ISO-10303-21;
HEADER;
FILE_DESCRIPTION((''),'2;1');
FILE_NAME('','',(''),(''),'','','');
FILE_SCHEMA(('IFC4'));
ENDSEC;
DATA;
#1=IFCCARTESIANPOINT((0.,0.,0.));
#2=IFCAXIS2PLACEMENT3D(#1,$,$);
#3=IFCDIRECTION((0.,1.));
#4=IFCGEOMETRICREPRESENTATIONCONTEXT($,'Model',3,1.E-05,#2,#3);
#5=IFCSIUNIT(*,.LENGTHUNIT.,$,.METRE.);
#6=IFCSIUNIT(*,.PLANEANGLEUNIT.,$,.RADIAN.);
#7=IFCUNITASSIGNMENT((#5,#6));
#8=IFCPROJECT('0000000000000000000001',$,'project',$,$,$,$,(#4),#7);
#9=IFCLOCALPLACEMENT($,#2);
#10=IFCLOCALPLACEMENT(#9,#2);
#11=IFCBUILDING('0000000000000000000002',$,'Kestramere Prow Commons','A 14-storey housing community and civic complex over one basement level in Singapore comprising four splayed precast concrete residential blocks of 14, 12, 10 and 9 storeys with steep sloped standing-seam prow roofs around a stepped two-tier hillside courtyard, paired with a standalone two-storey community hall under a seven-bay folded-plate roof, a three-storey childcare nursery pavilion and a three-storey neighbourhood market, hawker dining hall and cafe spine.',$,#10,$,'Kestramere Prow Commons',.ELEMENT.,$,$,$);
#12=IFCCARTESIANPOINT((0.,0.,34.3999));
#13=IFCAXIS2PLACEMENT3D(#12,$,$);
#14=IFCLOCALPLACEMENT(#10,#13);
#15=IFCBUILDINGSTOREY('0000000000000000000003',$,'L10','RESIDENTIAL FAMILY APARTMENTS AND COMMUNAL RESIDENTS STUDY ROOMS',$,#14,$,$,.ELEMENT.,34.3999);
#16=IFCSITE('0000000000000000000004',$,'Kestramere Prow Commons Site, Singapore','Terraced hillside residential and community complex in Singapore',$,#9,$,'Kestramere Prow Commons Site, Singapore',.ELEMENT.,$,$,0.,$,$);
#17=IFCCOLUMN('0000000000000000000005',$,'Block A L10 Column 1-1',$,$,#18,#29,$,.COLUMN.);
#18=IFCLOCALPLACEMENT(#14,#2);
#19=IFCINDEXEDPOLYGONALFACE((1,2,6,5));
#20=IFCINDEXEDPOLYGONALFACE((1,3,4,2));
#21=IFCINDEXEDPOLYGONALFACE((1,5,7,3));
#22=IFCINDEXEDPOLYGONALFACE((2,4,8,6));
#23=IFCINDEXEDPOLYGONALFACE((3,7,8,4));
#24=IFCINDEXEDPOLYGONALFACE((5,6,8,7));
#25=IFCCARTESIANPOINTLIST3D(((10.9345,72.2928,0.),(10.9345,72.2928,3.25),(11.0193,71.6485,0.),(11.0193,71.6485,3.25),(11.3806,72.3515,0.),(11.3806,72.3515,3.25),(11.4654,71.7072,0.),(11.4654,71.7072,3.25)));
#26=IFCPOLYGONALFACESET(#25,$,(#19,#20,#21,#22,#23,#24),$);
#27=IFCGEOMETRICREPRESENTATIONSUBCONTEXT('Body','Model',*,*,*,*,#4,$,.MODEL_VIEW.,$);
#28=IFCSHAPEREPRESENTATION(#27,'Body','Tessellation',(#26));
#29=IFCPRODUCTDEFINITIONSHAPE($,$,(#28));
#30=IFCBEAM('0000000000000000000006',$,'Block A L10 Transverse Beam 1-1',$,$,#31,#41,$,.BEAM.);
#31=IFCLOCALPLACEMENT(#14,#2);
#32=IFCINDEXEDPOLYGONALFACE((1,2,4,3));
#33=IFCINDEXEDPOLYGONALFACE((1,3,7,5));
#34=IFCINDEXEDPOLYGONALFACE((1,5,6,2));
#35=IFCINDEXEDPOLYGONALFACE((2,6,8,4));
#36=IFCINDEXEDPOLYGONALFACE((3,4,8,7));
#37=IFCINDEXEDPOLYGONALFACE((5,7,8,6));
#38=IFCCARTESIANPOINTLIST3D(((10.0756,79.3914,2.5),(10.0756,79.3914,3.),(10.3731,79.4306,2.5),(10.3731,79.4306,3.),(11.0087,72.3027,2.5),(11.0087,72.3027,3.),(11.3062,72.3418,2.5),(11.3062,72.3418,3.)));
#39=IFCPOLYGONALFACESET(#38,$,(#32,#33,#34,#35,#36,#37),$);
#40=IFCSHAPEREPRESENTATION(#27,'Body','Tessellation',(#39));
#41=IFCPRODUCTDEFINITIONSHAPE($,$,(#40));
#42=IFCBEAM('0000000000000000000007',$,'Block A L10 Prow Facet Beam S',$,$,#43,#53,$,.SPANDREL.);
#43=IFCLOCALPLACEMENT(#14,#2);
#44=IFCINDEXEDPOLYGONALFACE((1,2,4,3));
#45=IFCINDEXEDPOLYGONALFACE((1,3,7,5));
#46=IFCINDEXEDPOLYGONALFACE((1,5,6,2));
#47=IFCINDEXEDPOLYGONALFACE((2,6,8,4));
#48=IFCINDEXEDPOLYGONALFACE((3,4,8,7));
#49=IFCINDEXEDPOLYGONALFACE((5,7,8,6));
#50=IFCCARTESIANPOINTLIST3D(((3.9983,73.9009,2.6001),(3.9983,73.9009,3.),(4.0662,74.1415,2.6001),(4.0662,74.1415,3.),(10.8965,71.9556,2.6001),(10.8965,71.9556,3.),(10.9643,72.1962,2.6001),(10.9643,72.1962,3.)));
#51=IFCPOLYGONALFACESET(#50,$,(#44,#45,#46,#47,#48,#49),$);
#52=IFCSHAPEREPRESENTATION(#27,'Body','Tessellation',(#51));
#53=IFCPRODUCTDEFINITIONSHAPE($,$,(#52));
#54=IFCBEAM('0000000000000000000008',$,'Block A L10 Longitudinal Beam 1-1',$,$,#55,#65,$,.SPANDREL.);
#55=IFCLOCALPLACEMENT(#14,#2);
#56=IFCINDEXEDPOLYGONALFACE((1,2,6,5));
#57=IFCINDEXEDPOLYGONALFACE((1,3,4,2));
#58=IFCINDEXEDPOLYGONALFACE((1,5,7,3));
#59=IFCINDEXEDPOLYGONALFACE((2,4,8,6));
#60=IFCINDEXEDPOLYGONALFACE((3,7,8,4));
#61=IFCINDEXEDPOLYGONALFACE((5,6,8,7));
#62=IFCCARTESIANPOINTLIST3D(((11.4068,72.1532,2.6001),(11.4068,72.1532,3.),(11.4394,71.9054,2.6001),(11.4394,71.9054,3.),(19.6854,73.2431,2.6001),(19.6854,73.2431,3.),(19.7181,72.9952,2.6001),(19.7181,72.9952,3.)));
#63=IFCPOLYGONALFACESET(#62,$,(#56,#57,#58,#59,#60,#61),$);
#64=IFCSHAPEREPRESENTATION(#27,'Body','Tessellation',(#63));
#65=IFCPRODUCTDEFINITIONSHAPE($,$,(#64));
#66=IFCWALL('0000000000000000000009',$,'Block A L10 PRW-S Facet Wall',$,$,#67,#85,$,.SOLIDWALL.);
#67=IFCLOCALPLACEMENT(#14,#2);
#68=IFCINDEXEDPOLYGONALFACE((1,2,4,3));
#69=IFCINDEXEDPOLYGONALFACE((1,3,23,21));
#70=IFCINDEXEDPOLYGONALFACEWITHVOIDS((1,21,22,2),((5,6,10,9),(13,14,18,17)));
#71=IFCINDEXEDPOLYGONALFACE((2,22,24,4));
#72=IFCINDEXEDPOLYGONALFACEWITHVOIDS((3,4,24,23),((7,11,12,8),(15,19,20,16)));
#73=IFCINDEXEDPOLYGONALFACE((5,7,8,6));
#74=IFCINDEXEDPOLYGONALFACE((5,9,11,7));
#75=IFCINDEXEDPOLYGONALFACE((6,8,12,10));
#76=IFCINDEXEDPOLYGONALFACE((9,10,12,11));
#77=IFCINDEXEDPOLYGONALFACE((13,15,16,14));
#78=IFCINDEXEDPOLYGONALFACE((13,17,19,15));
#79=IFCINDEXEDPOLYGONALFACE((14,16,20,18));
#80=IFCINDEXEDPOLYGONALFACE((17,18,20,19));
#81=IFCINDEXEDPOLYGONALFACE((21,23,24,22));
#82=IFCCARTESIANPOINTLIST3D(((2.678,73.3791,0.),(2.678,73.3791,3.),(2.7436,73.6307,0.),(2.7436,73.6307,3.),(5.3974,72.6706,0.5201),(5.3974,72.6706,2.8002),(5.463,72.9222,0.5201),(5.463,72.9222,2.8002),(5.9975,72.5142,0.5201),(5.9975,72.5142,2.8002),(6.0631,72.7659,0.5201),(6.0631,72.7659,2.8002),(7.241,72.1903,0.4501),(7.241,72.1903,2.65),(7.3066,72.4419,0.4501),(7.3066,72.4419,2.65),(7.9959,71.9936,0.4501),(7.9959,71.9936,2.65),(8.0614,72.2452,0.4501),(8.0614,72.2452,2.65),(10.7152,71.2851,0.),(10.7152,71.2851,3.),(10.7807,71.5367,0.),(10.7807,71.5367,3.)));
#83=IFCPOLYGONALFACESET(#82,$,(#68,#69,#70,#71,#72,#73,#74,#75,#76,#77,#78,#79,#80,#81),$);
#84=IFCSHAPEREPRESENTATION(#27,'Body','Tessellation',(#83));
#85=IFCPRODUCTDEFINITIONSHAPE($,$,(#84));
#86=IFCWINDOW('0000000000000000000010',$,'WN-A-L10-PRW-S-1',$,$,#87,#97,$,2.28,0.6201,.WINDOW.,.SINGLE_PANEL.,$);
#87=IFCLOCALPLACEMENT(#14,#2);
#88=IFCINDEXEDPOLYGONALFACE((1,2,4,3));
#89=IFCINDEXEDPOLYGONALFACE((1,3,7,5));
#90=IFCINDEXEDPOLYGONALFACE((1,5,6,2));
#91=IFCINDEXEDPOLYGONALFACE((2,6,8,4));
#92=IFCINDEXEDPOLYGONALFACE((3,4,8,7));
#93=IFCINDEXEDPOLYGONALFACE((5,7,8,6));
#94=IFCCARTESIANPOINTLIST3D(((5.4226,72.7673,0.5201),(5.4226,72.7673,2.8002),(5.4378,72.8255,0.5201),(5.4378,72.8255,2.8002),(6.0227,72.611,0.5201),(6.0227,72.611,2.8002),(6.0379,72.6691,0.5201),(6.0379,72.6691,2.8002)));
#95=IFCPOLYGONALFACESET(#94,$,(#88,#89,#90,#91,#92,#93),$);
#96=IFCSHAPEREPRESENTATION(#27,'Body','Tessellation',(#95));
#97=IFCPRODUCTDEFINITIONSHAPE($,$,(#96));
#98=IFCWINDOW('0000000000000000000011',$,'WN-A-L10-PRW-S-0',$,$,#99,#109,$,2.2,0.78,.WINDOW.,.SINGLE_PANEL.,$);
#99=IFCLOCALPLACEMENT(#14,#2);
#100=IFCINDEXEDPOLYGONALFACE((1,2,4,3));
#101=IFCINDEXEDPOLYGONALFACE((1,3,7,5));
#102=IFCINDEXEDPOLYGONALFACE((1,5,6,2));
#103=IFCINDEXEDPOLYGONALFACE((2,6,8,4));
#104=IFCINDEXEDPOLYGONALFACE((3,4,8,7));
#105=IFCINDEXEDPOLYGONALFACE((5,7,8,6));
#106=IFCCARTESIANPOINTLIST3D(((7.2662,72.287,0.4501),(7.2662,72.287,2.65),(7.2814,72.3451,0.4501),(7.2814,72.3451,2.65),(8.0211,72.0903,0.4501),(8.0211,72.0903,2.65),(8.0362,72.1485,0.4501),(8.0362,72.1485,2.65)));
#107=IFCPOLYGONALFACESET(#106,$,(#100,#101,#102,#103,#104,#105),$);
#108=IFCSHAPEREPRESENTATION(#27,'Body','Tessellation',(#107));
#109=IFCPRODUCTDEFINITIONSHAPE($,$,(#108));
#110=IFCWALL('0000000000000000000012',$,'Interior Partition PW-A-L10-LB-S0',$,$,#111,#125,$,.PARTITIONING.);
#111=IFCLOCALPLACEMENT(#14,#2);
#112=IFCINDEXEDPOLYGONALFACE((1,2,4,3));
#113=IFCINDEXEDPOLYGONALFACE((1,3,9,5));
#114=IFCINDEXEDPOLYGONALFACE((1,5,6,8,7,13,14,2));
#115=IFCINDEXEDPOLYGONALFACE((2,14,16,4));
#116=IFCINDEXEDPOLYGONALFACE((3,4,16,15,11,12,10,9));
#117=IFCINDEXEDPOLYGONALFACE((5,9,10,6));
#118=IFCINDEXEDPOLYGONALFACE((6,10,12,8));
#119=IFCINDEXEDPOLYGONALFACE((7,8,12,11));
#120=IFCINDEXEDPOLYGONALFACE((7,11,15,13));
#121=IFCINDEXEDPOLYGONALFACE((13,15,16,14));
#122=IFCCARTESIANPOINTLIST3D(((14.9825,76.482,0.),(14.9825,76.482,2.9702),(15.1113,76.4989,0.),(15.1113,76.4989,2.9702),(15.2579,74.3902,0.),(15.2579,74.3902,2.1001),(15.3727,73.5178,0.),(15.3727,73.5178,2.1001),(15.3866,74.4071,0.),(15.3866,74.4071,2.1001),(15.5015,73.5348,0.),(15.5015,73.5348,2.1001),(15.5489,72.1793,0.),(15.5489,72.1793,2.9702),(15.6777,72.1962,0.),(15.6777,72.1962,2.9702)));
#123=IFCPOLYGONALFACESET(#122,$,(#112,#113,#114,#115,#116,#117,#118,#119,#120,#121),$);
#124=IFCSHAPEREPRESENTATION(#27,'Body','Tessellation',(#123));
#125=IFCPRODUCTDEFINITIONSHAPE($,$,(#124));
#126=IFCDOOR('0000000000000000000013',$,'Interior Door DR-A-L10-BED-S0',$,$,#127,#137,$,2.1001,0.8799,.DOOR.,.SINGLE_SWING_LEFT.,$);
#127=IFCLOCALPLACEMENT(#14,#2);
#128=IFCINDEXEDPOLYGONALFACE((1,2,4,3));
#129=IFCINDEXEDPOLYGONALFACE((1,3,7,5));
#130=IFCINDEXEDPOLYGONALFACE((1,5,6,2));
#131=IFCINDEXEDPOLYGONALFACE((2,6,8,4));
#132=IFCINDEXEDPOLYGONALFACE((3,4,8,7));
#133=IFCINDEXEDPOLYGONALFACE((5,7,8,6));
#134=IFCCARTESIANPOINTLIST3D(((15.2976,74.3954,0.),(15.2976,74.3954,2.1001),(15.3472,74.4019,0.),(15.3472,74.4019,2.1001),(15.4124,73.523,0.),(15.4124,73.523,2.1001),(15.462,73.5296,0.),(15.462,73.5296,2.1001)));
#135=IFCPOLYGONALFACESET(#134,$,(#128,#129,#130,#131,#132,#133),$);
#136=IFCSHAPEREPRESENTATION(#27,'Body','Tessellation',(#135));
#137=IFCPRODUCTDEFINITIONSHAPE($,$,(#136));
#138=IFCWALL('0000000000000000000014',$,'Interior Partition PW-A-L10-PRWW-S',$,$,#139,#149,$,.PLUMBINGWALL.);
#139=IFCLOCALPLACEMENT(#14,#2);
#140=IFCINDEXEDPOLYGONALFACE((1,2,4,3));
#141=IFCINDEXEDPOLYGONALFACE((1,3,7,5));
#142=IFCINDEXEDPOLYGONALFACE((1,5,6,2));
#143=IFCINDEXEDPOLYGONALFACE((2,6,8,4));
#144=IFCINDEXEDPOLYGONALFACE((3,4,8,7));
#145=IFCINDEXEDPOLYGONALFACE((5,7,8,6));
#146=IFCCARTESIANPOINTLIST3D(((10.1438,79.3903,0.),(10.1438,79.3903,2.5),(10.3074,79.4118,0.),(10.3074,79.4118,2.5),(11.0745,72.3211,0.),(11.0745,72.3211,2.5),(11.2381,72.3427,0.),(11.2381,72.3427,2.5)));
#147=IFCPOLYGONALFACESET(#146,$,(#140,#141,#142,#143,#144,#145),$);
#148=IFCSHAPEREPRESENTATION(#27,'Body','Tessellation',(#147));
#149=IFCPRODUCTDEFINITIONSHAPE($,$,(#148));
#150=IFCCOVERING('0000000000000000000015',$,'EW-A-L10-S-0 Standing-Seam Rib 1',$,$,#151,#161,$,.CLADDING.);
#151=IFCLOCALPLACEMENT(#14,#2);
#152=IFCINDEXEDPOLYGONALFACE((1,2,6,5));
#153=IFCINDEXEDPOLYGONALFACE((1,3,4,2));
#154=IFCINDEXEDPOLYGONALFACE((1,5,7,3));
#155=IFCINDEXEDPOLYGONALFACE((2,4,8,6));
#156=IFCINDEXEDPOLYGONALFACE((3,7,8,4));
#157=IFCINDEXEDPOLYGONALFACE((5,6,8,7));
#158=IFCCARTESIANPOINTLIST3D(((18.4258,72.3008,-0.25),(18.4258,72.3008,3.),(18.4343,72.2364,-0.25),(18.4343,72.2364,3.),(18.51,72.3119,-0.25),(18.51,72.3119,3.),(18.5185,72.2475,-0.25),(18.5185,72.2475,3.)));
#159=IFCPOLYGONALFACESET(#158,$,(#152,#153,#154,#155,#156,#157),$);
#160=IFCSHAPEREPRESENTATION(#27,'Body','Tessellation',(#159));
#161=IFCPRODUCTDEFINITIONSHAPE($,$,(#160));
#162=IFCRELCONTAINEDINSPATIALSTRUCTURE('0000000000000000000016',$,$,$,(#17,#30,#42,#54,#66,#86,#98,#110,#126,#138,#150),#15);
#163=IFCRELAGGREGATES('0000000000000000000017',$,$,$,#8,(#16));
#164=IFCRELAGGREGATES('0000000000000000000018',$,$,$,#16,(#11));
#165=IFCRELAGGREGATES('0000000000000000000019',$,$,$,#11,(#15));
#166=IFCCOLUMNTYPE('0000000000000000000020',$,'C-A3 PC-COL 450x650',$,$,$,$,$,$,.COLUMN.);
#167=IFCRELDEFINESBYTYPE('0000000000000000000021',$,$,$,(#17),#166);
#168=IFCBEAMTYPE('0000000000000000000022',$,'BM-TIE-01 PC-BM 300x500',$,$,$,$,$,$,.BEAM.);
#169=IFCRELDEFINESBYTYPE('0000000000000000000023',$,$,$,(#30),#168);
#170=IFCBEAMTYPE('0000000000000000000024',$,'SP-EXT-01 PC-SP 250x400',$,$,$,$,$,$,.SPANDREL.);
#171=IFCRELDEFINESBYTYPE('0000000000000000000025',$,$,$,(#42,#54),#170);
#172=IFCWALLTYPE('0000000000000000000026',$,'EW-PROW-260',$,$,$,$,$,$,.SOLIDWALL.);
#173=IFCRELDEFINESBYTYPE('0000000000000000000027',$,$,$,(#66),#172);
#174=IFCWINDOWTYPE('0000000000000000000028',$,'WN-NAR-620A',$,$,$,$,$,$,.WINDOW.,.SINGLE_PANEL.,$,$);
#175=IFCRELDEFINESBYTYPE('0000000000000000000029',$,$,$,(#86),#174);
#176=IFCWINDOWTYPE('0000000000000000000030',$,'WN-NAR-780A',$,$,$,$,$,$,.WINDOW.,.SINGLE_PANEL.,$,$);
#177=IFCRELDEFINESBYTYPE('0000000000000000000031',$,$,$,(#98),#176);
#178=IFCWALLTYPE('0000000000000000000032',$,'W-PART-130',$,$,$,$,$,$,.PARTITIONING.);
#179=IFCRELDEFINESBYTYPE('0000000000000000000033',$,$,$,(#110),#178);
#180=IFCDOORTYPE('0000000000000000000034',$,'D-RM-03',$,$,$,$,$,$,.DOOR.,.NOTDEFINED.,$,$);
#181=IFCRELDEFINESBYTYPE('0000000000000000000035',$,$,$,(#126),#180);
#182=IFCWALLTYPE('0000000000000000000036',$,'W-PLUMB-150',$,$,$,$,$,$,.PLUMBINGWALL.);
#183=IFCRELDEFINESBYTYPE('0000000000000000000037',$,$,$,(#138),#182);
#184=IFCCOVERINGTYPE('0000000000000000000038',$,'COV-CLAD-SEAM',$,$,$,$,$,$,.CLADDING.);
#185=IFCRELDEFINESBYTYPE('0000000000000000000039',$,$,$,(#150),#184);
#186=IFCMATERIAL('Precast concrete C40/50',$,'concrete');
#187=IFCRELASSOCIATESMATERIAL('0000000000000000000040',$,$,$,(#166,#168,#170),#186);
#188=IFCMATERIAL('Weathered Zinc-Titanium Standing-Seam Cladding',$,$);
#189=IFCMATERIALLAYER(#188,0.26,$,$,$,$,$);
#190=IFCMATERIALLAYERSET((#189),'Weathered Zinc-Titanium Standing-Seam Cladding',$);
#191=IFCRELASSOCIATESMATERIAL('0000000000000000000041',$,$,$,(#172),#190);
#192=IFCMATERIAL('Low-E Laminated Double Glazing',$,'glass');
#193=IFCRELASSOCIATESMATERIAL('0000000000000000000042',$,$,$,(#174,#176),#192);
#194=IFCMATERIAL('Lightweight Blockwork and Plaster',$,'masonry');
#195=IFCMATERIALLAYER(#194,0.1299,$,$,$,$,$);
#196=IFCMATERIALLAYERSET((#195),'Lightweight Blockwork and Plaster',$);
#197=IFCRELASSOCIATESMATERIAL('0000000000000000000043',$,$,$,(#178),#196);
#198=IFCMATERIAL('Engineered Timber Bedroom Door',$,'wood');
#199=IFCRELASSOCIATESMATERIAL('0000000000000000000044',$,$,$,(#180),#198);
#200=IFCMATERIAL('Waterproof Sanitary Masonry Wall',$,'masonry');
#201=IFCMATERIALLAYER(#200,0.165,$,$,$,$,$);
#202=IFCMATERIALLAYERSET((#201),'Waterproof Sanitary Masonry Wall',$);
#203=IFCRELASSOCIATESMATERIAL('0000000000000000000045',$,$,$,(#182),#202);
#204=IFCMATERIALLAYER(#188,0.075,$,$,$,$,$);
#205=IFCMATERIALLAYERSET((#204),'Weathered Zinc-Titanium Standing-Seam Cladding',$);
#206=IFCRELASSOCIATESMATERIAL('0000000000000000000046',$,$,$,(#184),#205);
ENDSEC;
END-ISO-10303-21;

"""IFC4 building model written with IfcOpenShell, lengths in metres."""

from ifc_helpers import new_model, si_unit, direction, frame, frame_2d, origin, origin_2d, place, context, subcontext, project, spatial, rectangle, extrude, material, layer, layer_set, material_profile, profile_set, type_object, element, fill, save


model = new_model("IFC4")

# Units and contexts
model_context = context("Model", 3, precision=1e-05, world=origin(), true_north=direction((0.0, 1.0)))
body_context = subcontext(model_context, "Body", "Model", "MODEL_VIEW")
ifc_project = project(units=[si_unit("LENGTHUNIT", "METRE"), si_unit("PLANEANGLEUNIT", "RADIAN")], contexts=[model_context])

# Site, building, storey
site_placement = place(None, origin())
site = spatial("IfcSite", under=ifc_project, at=site_placement, Name="Kestramere Prow Commons Site, Singapore", Description="Terraced hillside residential and community complex in Singapore", LongName="Kestramere Prow Commons Site, Singapore", CompositionType="ELEMENT", RefElevation=0.0)
building_placement = place(site_placement, origin())
building = spatial("IfcBuilding", under=site, at=building_placement, Name="Kestramere Prow Commons", Description="A 14-storey housing community and civic complex over one basement level in Singapore comprising four splayed precast concrete residential blocks of 14, 12, 10 and 9 storeys with steep sloped standing-seam prow roofs around a stepped two-tier hillside courtyard, paired with a standalone two-storey community hall under a seven-bay folded-plate roof, a three-storey childcare nursery pavilion and a three-storey neighbourhood market, hawker dining hall and cafe spine.", LongName="Kestramere Prow Commons", CompositionType="ELEMENT")
storey_placement = place(building_placement, frame((0.0, 0.0, 34.3999)))
storey = spatial("IfcBuildingStorey", under=building, at=storey_placement, Name="L10", Description="RESIDENTIAL FAMILY APARTMENTS AND COMMUNAL RESIDENTS STUDY ROOMS", CompositionType="ELEMENT", Elevation=34.3999)

# Column
ifc_material_1 = material(Name="Precast concrete C40/50", Category="concrete")
ifc_material_profile_1 = material_profile(ifc_material_1, rectangle(XDim=0.45, YDim=0.6499, at=origin_2d()), Name="PC-COL 450x650")
ifc_profile_set_1 = profile_set([ifc_material_profile_1], Name="Precast concrete C40/50")
column_type = type_object("IfcColumnType", Name="C-A3 PC-COL 450x650", PredefinedType="COLUMN", material=ifc_profile_set_1)
column_placement = place(storey_placement, frame((11.2, 72.0, 0.0), z_axis=(0.0, 0.0, 1.0), x_axis=(0.991445, 0.130526, 0.0)))
element("IfcColumn", 1, at=column_placement, inside=storey, type_object=column_type, Name="Block A L10 Column 1-1", PredefinedType="COLUMN", context=body_context, shape_type="SweptSolid", body=[
    extrude(rectangle(XDim=0.45, YDim=0.6499, at=origin_2d()), origin(), (0.0, 0.0, 1.0), 3.25),
])

# Beams
ifc_material_profile_2 = material_profile(ifc_material_1, rectangle(XDim=0.3, YDim=0.5, at=origin_2d()), Name="PC-BM 300x500")
ifc_profile_set_2 = profile_set([ifc_material_profile_2], Name="Precast concrete C40/50")
beam_type_1 = type_object("IfcBeamType", Name="BM-TIE-01 PC-BM 300x500", PredefinedType="BEAM", material=ifc_profile_set_2)
beam_1_placement = place(storey_placement, frame((11.1575, 72.3223, 2.75), z_axis=(-0.130504, 0.991448, 0.0), x_axis=(-0.991448, -0.130504, 0.0)))
element("IfcBeam", 2, at=beam_1_placement, inside=storey, type_object=beam_type_1, Name="Block A L10 Transverse Beam 1-1", PredefinedType="BEAM", context=body_context, shape_type="SweptSolid", body=[
    extrude(rectangle(XDim=0.3, YDim=0.5, at=origin_2d()), origin(), (0.0, 0.0, 1.0), 7.1499),
])
ifc_material_profile_3 = material_profile(ifc_material_1, rectangle(XDim=0.25, YDim=0.3999, at=origin_2d()), Name="PC-SP 250x400")
ifc_profile_set_3 = profile_set([ifc_material_profile_3], Name="Precast concrete C40/50")
beam_type_2 = type_object("IfcBeamType", Name="SP-EXT-01 PC-SP 250x400", PredefinedType="SPANDREL", material=ifc_profile_set_3)
beam_2_placement = place(storey_placement, frame((10.9304, 72.0759, 2.8), z_axis=(-0.962462, 0.271417, 0.0), x_axis=(-0.271417, -0.962462, 0.0)))
element("IfcBeam", 3, at=beam_2_placement, inside=storey, type_object=beam_type_2, Name="Block A L10 Prow Facet Beam S", PredefinedType="SPANDREL", context=body_context, shape_type="SweptSolid", body=[
    extrude(rectangle(XDim=0.25, YDim=0.3999, at=origin_2d()), origin(), (0.0, 0.0, 1.0), 7.1672),
])
beam_3_placement = place(storey_placement, frame((11.4231, 72.0293, 2.8), z_axis=(0.991446, 0.13052, 0.0), x_axis=(-0.13052, 0.991446, 0.0)))
element("IfcBeam", 4, at=beam_3_placement, inside=storey, type_object=beam_type_2, Name="Block A L10 Longitudinal Beam 1-1", PredefinedType="SPANDREL", context=body_context, shape_type="SweptSolid", body=[
    extrude(rectangle(XDim=0.25, YDim=0.3999, at=origin_2d()), origin(), (0.0, 0.0, 1.0), 8.3501),
])

# Wall, openings, windows
ifc_material_2 = material(Name="Weathered Zinc-Titanium Standing-Seam Cladding")
ifc_layer_1 = layer(ifc_material_2, 0.26)
ifc_layer_set_1 = layer_set([ifc_layer_1], Name="Weathered Zinc-Titanium Standing-Seam Cladding")
wall_type_1 = type_object("IfcWallType", Name="EW-PROW-260", PredefinedType="SOLIDWALL", material=ifc_layer_set_1)
wall_1_placement = place(storey_placement, frame((10.748, 71.4109, 0.0), z_axis=(0.0, 0.0, 1.0), x_axis=(-0.967695, 0.252124, 0.0)))
wall_1 = element("IfcWall", 5, at=wall_1_placement, inside=storey, type_object=wall_type_1, Name="Block A L10 PRW-S Facet Wall", PredefinedType="SOLIDWALL", context=body_context, shape_type="SweptSolid", body=[
    extrude(rectangle(XDim=8.3054, YDim=0.26, at=frame_2d((4.1528, 0.0))), origin(), (0.0, 0.0, 1.0), 3.0),
])
opening_1_placement = place(wall_1_placement, frame((2.8101, 0.0, 0.45)))
opening_1 = element("IfcOpeningElement", 6, at=opening_1_placement, cuts=wall_1, PredefinedType="OPENING", context=body_context, shape_type="SweptSolid", body=[
    extrude(rectangle(XDim=0.78, YDim=2.2, at=frame_2d((0.3901, 1.1001))), frame((0.0, 0.145, 0.0), z_axis=(0.0, -1.0, 0.0), x_axis=(1.0, 0.0, 0.0)), (0.0, 0.0, 1.0), 0.29),
])
opening_2_placement = place(wall_1_placement, frame((4.8752, 0.0, 0.52)))
opening_2 = element("IfcOpeningElement", 7, at=opening_2_placement, cuts=wall_1, PredefinedType="OPENING", context=body_context, shape_type="SweptSolid", body=[
    extrude(rectangle(XDim=0.6201, YDim=2.28, at=frame_2d((0.3101, 1.1401))), frame((0.0, 0.145, 0.0), z_axis=(0.0, -1.0, 0.0), x_axis=(1.0, 0.0, 0.0)), (0.0, 0.0, 1.0), 0.29),
])
ifc_material_3 = material(Name="Low-E Laminated Double Glazing", Category="glass")
window_type_1 = type_object("IfcWindowType", Name="WN-NAR-620A", PartitioningType="SINGLE_PANEL", PredefinedType="WINDOW", material=ifc_material_3)
window_1_placement = place(opening_2_placement, origin())
window_1 = element("IfcWindow", 8, at=window_1_placement, inside=storey, type_object=window_type_1, Name="WN-A-L10-PRW-S-1", OverallHeight=2.28, OverallWidth=0.6201, PartitioningType="SINGLE_PANEL", PredefinedType="WINDOW", context=body_context, shape_type="SweptSolid", body=[
    extrude(rectangle(XDim=0.6201, YDim=2.28, at=frame_2d((0.3101, 1.1401))), frame((0.0, 0.03, 0.0), z_axis=(0.0, -1.0, 0.0), x_axis=(1.0, 0.0, 0.0)), (0.0, 0.0, 1.0), 0.0601),
])
fill(opening_2, window_1)
window_type_2 = type_object("IfcWindowType", Name="WN-NAR-780A", PartitioningType="SINGLE_PANEL", PredefinedType="WINDOW", material=ifc_material_3)
window_2_placement = place(opening_1_placement, origin())
window_2 = element("IfcWindow", 9, at=window_2_placement, inside=storey, type_object=window_type_2, Name="WN-A-L10-PRW-S-0", OverallHeight=2.2, OverallWidth=0.78, PartitioningType="SINGLE_PANEL", PredefinedType="WINDOW", context=body_context, shape_type="SweptSolid", body=[
    extrude(rectangle(XDim=0.78, YDim=2.2, at=frame_2d((0.3901, 1.1001))), frame((0.0, 0.03, 0.0), z_axis=(0.0, -1.0, 0.0), x_axis=(1.0, 0.0, 0.0)), (0.0, 0.0, 1.0), 0.0601),
])
fill(opening_1, window_2)

# Wall, opening, door
ifc_material_4 = material(Name="Lightweight Blockwork and Plaster", Category="masonry")
ifc_layer_2 = layer(ifc_material_4, 0.1299)
ifc_layer_set_2 = layer_set([ifc_layer_2], Name="Lightweight Blockwork and Plaster")
wall_type_2 = type_object("IfcWallType", Name="W-PART-130", PredefinedType="PARTITIONING", material=ifc_layer_set_2)
wall_2_placement = place(storey_placement, frame((15.6133, 72.1877, 0.0), z_axis=(0.0, 0.0, 1.0), x_axis=(-0.130513, 0.991447, 0.0)))
wall_2 = element("IfcWall", 10, at=wall_2_placement, inside=storey, type_object=wall_type_2, Name="Interior Partition PW-A-L10-LB-S0", PredefinedType="PARTITIONING", context=body_context, shape_type="SweptSolid", body=[
    extrude(rectangle(XDim=4.3398, YDim=0.1299, at=frame_2d((2.1699, 0.0))), origin(), (0.0, 0.0, 1.0), 2.9702),
])
opening_3_placement = place(wall_2_placement, frame((1.3501, 0.0, 0.0)))
opening_3 = element("IfcOpeningElement", 11, at=opening_3_placement, cuts=wall_2, PredefinedType="OPENING", context=body_context, shape_type="SweptSolid", body=[
    extrude(rectangle(XDim=0.8799, YDim=2.1001, at=frame_2d((0.4399, 1.05))), frame((0.0, 0.0798, 0.0), z_axis=(0.0, -1.0, 0.0), x_axis=(1.0, 0.0, 0.0)), (0.0, 0.0, 1.0), 0.1599),
])
ifc_material_5 = material(Name="Engineered Timber Bedroom Door", Category="wood")
door_type_1 = type_object("IfcDoorType", Name="D-RM-03", OperationType="NOTDEFINED", PredefinedType="DOOR", material=ifc_material_5)
door_1_placement = place(opening_3_placement, origin())
door_1 = element("IfcDoor", 12, at=door_1_placement, inside=storey, type_object=door_type_1, Name="Interior Door DR-A-L10-BED-S0", OperationType="SINGLE_SWING_LEFT", OverallHeight=2.1001, OverallWidth=0.8799, PredefinedType="DOOR", context=body_context, shape_type="SweptSolid", body=[
    extrude(rectangle(XDim=0.8799, YDim=2.1001, at=frame_2d((0.4399, 1.05))), frame((0.0, 0.0249, 0.0), z_axis=(0.0, -1.0, 0.0), x_axis=(1.0, 0.0, 0.0)), (0.0, 0.0, 1.0), 0.05),
])
fill(opening_3, door_1)

# Wall
ifc_material_6 = material(Name="Waterproof Sanitary Masonry Wall", Category="masonry")
ifc_layer_3 = layer(ifc_material_6, 0.165)
ifc_layer_set_3 = layer_set([ifc_layer_3], Name="Waterproof Sanitary Masonry Wall")
wall_type_3 = type_object("IfcWallType", Name="W-PLUMB-150", PredefinedType="PLUMBINGWALL", material=ifc_layer_set_3)
wall_3_placement = place(storey_placement, frame((11.1562, 72.332, 0.0), z_axis=(0.0, 0.0, 1.0), x_axis=(-0.130526, 0.991445, 0.0)))
element("IfcWall", 13, at=wall_3_placement, inside=storey, type_object=wall_type_3, Name="Interior Partition PW-A-L10-PRWW-S", PredefinedType="PLUMBINGWALL", context=body_context, shape_type="SweptSolid", body=[
    extrude(rectangle(XDim=7.1301, YDim=0.165, at=frame_2d((3.5649, 0.0))), origin(), (0.0, 0.0, 1.0), 2.5),
])

# Covering
ifc_layer_4 = layer(ifc_material_2, 0.075)
ifc_layer_set_4 = layer_set([ifc_layer_4], Name="Weathered Zinc-Titanium Standing-Seam Cladding")
covering_type_1 = type_object("IfcCoveringType", Name="COV-CLAD-SEAM", PredefinedType="CLADDING", material=ifc_layer_set_4)
for number, where, z_axis, x_axis, name in (
    (14, (18.4722, 72.2742, -0.25), (0.0, 0.0, 1.0), (-0.991445, -0.130526, 0.0), "EW-A-L10-S-0 Standing-Seam Rib 1"),
):
    element("IfcCovering", number, at=place(storey_placement, frame(where, z_axis=z_axis, x_axis=x_axis)), inside=storey, type_object=covering_type_1, Name=name, PredefinedType="CLADDING", context=body_context, shape_type="SweptSolid", body=[
        extrude(rectangle(XDim=0.085, YDim=0.0649, at=origin_2d()), origin(), (0.0, 0.0, 1.0), 3.25),
    ])

save(model, "model.ifc")
